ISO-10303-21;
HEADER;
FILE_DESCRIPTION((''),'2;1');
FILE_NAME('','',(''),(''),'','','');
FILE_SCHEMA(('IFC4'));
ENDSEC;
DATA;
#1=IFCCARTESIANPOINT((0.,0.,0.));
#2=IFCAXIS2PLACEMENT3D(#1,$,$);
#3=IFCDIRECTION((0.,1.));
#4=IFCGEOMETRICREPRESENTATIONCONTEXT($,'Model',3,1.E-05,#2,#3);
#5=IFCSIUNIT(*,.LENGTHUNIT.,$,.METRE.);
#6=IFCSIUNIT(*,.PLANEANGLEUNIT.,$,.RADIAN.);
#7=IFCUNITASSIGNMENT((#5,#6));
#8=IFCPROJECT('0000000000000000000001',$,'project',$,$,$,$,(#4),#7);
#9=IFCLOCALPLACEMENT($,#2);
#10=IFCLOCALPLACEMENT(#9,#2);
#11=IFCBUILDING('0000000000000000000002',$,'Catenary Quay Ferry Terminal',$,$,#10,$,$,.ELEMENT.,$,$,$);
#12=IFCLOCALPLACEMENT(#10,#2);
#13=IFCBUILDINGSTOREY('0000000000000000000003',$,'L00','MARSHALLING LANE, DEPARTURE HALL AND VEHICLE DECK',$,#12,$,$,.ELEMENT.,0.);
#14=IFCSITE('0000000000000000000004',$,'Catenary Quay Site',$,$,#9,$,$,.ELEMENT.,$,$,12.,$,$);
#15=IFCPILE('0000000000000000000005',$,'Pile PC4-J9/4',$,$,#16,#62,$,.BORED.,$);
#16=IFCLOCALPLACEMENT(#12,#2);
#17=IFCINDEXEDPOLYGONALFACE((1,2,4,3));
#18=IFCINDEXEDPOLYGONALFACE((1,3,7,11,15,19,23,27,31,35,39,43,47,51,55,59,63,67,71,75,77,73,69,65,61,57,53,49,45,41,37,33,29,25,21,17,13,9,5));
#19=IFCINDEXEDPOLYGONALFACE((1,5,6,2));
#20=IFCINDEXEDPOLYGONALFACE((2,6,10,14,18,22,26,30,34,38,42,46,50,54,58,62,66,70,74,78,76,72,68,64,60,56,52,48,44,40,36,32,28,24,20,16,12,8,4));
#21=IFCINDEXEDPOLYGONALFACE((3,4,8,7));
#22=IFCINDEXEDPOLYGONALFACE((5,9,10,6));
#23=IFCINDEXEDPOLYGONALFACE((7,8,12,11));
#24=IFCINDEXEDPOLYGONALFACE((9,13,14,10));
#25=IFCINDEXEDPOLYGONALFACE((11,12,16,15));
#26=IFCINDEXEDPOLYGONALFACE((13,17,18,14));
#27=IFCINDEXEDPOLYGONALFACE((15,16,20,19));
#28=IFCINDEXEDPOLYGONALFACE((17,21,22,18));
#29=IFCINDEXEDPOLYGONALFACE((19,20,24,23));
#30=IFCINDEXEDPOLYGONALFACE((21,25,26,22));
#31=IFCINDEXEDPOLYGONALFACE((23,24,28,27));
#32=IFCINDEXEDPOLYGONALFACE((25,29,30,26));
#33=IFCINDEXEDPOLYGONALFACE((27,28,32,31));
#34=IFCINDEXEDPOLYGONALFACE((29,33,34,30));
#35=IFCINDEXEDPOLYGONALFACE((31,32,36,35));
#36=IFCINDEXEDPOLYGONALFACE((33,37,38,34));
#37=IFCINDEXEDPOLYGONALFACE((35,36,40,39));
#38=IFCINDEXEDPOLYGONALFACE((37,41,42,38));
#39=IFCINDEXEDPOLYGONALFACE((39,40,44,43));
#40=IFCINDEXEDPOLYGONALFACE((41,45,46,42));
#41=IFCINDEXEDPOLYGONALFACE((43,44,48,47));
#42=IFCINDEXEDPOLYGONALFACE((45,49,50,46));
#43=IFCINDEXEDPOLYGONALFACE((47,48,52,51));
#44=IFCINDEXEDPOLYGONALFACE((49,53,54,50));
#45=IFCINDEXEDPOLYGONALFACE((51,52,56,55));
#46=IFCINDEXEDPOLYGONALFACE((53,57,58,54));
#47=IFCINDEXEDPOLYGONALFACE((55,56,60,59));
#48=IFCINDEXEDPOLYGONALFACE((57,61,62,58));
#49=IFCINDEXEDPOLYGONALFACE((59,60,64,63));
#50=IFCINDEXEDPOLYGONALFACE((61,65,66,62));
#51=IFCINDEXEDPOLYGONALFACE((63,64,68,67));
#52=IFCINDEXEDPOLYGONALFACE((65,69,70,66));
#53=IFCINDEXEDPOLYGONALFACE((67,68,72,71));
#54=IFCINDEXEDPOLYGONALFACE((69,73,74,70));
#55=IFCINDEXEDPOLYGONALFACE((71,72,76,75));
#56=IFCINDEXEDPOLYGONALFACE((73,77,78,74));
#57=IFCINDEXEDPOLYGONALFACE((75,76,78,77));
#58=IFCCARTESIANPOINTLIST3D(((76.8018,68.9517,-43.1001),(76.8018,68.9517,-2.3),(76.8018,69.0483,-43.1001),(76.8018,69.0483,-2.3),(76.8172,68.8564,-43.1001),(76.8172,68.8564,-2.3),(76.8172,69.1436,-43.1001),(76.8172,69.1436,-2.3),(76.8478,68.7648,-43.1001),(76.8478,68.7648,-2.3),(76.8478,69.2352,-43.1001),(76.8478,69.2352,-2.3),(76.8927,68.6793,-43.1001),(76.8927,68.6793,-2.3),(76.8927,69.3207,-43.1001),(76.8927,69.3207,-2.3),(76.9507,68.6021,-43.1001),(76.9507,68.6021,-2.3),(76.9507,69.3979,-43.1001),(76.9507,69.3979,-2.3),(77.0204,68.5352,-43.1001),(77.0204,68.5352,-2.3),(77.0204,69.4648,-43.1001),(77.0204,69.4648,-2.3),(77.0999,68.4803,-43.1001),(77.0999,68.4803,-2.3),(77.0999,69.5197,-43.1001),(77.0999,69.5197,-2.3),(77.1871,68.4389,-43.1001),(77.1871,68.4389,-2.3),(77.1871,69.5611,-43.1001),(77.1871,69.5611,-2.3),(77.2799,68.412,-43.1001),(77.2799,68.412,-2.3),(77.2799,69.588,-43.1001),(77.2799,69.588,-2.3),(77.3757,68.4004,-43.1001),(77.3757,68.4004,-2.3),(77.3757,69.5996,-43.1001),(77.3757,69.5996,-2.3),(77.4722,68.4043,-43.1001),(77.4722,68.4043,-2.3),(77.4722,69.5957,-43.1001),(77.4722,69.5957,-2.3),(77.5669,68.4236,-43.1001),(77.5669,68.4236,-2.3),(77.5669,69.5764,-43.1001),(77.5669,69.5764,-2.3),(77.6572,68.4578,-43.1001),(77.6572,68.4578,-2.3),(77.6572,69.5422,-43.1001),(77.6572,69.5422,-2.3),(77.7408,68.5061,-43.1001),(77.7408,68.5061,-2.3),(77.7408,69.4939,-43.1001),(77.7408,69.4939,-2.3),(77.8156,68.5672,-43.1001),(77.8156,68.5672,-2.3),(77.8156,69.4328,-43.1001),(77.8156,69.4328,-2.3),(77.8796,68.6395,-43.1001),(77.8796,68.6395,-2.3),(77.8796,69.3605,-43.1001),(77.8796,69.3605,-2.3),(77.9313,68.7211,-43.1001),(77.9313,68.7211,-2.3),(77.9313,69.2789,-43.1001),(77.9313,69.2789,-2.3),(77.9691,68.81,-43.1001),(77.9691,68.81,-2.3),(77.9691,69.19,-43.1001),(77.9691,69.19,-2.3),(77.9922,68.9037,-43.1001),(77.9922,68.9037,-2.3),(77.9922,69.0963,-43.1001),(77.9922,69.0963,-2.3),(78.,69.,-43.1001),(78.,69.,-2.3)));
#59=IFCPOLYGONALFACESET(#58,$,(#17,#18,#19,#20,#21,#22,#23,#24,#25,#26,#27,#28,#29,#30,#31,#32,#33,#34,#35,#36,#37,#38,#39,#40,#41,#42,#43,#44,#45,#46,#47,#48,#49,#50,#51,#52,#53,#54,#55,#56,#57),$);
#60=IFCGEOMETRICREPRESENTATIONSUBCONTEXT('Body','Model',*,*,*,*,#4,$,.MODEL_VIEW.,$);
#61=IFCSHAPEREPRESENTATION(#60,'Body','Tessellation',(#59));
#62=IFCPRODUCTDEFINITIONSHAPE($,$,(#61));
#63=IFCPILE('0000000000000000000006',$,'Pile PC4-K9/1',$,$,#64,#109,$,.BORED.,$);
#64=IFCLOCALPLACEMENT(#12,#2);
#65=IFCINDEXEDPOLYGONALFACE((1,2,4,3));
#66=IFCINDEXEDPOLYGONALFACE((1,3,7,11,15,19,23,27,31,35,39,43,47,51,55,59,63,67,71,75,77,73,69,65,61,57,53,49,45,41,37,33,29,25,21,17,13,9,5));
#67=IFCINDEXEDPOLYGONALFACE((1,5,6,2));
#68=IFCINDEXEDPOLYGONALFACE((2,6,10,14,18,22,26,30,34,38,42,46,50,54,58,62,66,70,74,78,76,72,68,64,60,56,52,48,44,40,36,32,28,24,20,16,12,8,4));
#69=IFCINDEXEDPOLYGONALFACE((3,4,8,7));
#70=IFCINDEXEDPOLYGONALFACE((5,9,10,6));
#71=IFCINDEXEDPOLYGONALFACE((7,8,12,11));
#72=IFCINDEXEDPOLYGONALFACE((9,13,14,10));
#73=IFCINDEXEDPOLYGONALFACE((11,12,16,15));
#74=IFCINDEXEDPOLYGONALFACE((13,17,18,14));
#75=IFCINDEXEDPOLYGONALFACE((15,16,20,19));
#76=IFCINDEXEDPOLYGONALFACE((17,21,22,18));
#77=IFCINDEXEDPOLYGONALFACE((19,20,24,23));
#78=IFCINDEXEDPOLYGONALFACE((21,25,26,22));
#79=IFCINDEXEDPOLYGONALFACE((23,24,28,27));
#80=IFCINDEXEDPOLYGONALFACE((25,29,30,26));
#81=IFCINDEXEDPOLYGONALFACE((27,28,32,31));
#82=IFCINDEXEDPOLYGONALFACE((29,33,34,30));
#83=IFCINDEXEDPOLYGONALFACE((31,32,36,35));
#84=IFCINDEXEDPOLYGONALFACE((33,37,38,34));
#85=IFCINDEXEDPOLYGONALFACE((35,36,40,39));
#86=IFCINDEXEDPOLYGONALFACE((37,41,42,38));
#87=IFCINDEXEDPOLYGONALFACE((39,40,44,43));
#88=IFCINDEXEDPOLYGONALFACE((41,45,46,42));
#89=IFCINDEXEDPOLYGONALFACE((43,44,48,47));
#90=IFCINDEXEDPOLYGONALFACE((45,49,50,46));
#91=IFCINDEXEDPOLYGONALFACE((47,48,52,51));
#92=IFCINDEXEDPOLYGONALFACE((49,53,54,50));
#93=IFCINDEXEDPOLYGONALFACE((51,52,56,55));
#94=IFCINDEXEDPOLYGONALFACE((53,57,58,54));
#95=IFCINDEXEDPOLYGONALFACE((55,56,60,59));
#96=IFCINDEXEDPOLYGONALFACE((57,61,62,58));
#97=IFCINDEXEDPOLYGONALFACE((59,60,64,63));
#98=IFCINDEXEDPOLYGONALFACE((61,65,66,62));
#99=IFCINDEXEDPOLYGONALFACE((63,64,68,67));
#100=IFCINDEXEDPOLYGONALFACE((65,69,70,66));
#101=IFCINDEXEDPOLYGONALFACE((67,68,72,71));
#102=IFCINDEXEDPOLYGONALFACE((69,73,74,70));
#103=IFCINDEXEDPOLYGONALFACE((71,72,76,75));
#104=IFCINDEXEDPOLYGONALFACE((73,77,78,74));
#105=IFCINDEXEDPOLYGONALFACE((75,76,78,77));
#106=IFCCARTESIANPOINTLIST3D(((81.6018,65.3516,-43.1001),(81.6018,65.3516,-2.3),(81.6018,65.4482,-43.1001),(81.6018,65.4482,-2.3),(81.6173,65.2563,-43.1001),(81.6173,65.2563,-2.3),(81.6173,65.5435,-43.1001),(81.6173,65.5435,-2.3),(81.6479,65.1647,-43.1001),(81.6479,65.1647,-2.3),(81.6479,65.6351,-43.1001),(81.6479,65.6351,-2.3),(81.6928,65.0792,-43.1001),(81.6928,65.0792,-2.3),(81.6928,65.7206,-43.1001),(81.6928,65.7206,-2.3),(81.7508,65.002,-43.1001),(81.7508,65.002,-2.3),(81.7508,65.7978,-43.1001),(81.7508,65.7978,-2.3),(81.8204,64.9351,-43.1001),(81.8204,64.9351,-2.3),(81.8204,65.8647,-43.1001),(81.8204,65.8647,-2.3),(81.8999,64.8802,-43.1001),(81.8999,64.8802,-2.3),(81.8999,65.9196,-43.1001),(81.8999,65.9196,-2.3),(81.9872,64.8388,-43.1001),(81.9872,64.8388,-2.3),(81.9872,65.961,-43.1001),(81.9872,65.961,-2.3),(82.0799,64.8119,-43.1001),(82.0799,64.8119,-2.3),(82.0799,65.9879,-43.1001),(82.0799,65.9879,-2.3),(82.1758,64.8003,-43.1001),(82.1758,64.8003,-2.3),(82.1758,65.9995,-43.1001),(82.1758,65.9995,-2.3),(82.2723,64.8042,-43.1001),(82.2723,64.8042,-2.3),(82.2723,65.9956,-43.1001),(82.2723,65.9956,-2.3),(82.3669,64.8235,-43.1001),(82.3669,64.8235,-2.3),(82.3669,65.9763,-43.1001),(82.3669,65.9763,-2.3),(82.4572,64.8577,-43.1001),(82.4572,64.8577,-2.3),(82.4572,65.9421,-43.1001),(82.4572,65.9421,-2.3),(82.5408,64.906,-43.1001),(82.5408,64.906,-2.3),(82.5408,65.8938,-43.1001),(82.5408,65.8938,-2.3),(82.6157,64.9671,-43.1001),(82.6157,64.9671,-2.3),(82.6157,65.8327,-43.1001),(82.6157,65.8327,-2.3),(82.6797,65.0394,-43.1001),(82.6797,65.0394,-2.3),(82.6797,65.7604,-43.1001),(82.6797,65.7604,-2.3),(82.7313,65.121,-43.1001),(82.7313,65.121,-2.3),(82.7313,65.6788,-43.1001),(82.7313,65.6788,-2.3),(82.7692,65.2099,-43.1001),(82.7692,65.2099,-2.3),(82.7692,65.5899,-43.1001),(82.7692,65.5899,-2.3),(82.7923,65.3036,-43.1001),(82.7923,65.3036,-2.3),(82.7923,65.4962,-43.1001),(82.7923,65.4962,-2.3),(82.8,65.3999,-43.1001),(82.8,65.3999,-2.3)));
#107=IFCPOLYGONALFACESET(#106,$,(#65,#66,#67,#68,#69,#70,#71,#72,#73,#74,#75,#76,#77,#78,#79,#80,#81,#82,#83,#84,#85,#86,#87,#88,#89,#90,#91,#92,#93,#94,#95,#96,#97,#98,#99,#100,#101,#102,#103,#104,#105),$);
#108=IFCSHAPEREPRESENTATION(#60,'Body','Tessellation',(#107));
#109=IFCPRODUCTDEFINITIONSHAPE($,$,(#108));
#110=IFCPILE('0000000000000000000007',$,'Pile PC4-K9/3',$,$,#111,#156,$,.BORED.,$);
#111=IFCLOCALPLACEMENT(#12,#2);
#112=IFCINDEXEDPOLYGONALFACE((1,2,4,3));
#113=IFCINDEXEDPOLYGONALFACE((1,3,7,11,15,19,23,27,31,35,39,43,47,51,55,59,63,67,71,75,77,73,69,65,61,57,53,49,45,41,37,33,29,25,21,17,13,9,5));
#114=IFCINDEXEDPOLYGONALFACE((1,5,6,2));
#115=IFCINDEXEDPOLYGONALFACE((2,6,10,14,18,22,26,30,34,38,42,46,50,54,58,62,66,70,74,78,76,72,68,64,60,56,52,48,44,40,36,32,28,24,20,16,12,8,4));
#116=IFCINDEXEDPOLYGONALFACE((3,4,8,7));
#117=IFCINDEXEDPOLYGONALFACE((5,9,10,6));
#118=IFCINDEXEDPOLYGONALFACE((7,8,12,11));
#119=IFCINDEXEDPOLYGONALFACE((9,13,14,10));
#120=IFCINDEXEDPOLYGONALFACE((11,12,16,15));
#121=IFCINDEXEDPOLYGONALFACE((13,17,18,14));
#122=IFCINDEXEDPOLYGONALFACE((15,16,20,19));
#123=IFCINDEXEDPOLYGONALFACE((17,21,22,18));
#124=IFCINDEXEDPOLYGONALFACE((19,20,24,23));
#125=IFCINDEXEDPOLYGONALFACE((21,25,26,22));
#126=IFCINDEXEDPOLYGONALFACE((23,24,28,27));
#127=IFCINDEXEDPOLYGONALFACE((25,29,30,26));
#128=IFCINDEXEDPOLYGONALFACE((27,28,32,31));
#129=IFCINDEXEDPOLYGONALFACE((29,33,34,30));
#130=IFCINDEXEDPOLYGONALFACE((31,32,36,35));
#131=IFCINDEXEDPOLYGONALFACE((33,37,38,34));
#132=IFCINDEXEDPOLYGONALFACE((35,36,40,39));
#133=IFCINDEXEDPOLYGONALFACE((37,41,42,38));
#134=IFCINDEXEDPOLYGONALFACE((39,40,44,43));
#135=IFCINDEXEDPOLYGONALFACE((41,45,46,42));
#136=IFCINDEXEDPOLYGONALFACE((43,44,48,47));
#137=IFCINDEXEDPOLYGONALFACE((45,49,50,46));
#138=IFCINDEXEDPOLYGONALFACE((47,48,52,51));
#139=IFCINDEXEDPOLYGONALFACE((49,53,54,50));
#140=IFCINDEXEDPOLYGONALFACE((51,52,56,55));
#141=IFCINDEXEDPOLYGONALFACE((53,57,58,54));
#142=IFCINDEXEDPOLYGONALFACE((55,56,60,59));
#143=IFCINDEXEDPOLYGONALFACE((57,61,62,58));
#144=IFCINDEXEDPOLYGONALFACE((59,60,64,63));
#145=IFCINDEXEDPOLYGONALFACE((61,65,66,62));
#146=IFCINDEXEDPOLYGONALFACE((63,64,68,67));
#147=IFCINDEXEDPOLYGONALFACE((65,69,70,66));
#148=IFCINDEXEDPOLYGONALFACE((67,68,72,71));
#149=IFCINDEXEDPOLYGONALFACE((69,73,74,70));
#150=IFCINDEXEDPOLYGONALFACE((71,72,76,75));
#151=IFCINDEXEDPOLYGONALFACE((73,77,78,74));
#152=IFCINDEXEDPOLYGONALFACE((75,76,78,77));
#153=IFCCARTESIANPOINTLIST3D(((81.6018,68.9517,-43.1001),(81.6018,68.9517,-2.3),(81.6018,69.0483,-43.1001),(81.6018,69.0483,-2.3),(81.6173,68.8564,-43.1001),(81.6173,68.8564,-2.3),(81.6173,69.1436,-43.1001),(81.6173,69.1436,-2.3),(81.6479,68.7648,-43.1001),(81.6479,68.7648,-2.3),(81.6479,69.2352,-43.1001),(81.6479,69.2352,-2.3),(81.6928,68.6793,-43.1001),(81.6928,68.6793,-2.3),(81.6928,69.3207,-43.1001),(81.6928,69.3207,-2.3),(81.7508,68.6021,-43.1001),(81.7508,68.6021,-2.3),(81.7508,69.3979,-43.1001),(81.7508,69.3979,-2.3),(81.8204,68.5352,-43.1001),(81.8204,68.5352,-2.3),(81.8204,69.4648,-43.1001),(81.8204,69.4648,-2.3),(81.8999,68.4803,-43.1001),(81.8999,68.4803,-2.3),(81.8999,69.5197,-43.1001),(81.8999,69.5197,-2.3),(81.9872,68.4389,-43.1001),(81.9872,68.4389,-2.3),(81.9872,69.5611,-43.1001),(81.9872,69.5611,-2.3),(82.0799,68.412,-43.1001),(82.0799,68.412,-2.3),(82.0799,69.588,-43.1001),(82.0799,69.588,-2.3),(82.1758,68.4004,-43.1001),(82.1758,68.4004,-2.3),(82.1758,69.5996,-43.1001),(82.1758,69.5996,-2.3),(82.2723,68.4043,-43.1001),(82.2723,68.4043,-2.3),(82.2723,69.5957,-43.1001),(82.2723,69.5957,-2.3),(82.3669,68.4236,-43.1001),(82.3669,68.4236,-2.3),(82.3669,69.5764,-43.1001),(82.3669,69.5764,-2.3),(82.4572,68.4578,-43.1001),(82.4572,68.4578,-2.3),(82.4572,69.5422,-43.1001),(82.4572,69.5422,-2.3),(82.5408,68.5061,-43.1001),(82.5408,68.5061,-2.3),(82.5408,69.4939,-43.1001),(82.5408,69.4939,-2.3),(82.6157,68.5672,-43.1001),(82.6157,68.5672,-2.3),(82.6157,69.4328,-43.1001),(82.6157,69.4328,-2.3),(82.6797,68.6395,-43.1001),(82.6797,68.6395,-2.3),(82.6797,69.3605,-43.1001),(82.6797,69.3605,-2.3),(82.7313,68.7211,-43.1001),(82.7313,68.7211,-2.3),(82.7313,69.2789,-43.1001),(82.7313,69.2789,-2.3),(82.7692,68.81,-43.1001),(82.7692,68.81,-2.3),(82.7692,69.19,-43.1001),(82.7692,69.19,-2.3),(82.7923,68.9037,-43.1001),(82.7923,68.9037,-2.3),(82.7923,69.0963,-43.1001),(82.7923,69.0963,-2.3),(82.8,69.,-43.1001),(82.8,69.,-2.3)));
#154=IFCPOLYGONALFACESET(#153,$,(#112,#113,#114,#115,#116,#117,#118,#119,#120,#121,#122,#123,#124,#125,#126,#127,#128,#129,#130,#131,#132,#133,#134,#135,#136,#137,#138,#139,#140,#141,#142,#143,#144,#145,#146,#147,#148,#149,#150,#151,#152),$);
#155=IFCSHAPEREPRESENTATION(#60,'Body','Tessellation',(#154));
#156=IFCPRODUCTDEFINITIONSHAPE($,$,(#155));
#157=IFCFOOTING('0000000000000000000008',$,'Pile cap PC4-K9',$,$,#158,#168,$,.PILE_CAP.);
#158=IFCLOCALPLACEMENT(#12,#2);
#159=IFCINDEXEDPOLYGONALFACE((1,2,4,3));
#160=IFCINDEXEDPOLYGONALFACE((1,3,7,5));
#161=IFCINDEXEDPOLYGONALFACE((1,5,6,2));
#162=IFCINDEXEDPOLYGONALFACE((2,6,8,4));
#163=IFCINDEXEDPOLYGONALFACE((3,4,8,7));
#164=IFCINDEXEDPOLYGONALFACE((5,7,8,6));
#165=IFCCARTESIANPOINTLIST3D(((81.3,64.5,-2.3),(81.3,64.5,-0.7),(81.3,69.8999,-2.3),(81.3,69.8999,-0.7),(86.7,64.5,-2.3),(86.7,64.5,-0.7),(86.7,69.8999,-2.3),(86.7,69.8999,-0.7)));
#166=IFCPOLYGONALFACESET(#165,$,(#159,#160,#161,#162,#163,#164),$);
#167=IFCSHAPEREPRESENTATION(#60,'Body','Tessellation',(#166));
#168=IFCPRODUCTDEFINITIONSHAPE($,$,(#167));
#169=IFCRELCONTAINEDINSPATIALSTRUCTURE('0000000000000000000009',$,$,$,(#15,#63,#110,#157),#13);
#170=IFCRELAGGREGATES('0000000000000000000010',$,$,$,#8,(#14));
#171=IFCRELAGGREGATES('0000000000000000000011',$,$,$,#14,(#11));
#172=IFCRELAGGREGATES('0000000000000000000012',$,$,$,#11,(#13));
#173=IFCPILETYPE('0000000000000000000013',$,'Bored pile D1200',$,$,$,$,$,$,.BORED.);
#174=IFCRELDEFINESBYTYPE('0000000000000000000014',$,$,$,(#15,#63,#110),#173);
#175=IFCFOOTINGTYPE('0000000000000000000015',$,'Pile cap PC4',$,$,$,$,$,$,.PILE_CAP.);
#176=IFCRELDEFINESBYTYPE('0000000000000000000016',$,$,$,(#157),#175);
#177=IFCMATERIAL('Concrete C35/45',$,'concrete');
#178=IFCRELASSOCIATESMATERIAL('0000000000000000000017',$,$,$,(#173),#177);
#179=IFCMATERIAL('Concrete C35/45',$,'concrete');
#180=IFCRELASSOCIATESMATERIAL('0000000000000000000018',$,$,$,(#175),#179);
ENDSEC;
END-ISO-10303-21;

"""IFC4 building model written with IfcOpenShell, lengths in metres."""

from ifc_helpers import new_model, si_unit, direction, frame, origin, origin_2d, place, context, subcontext, project, spatial, rectangle, circle, extrude, material, material_profile, profile_set, type_object, element, save


model = new_model("IFC4")

# Units and contexts
model_context = context("Model", 3, precision=1e-05, world=origin(), true_north=direction((0.0, 1.0)))
body_context = subcontext(model_context, "Body", "Model", "MODEL_VIEW")
ifc_project = project(units=[si_unit("LENGTHUNIT", "METRE"), si_unit("PLANEANGLEUNIT", "RADIAN")], contexts=[model_context])

# Site, building, storey
site_placement = place(None, origin())
site = spatial("IfcSite", under=ifc_project, at=site_placement, Name="Catenary Quay Site", CompositionType="ELEMENT", RefElevation=12.0)
building_placement = place(site_placement, origin())
building = spatial("IfcBuilding", under=site, at=building_placement, Name="Catenary Quay Ferry Terminal", CompositionType="ELEMENT")
storey_placement = place(building_placement, origin())
storey = spatial("IfcBuildingStorey", under=building, at=storey_placement, Name="L00", Description="MARSHALLING LANE, DEPARTURE HALL AND VEHICLE DECK", CompositionType="ELEMENT", Elevation=0.0)

# Piles
ifc_material_1 = material(Name="Concrete C35/45", Category="concrete")
ifc_material_profile_1 = material_profile(ifc_material_1, circle(Radius=0.6001, at=origin_2d()), Name="D1200")
ifc_profile_set_1 = profile_set([ifc_material_profile_1], Name="Concrete C35/45")
pile_type = type_object("IfcPileType", Name="Bored pile D1200", PredefinedType="BORED", material=ifc_profile_set_1)
for number, where, z_axis, x_axis, name in (
    (1, (77.3999, 69.0, -2.3), (0.0, 0.0, -1.0), (1.0, 0.0, 0.0), "Pile PC4-J9/4"),
    (2, (82.2, 65.3999, -2.3), (0.0, 0.0, -1.0), (1.0, 0.0, 0.0), "Pile PC4-K9/1"),
    (3, (82.2, 69.0, -2.3), (0.0, 0.0, -1.0), (1.0, 0.0, 0.0), "Pile PC4-K9/3"),
):
    element("IfcPile", number, at=place(storey_placement, frame(where, z_axis=z_axis, x_axis=x_axis)), inside=storey, type_object=pile_type, Name=name, PredefinedType="BORED", context=body_context, shape_type="SweptSolid", body=[
        extrude(circle(Radius=0.6001, at=origin_2d()), origin(), (0.0, 0.0, 1.0), 40.8),
    ])

# Footing
ifc_material_2 = material(Name="Concrete C35/45", Category="concrete")
footing_type = type_object("IfcFootingType", Name="Pile cap PC4", PredefinedType="PILE_CAP", material=ifc_material_2)
footing_placement = place(storey_placement, frame((84.0, 67.2, -2.3), z_axis=(0.0, 0.0, 1.0), x_axis=(1.0, 0.0, 0.0)))
element("IfcFooting", 4, at=footing_placement, inside=storey, type_object=footing_type, Name="Pile cap PC4-K9", PredefinedType="PILE_CAP", context=body_context, shape_type="SweptSolid", body=[
    extrude(rectangle(XDim=5.3999, YDim=5.3999, at=origin_2d()), origin(), (0.0, 0.0, 1.0), 1.6001),
])

save(model, "model.ifc")
